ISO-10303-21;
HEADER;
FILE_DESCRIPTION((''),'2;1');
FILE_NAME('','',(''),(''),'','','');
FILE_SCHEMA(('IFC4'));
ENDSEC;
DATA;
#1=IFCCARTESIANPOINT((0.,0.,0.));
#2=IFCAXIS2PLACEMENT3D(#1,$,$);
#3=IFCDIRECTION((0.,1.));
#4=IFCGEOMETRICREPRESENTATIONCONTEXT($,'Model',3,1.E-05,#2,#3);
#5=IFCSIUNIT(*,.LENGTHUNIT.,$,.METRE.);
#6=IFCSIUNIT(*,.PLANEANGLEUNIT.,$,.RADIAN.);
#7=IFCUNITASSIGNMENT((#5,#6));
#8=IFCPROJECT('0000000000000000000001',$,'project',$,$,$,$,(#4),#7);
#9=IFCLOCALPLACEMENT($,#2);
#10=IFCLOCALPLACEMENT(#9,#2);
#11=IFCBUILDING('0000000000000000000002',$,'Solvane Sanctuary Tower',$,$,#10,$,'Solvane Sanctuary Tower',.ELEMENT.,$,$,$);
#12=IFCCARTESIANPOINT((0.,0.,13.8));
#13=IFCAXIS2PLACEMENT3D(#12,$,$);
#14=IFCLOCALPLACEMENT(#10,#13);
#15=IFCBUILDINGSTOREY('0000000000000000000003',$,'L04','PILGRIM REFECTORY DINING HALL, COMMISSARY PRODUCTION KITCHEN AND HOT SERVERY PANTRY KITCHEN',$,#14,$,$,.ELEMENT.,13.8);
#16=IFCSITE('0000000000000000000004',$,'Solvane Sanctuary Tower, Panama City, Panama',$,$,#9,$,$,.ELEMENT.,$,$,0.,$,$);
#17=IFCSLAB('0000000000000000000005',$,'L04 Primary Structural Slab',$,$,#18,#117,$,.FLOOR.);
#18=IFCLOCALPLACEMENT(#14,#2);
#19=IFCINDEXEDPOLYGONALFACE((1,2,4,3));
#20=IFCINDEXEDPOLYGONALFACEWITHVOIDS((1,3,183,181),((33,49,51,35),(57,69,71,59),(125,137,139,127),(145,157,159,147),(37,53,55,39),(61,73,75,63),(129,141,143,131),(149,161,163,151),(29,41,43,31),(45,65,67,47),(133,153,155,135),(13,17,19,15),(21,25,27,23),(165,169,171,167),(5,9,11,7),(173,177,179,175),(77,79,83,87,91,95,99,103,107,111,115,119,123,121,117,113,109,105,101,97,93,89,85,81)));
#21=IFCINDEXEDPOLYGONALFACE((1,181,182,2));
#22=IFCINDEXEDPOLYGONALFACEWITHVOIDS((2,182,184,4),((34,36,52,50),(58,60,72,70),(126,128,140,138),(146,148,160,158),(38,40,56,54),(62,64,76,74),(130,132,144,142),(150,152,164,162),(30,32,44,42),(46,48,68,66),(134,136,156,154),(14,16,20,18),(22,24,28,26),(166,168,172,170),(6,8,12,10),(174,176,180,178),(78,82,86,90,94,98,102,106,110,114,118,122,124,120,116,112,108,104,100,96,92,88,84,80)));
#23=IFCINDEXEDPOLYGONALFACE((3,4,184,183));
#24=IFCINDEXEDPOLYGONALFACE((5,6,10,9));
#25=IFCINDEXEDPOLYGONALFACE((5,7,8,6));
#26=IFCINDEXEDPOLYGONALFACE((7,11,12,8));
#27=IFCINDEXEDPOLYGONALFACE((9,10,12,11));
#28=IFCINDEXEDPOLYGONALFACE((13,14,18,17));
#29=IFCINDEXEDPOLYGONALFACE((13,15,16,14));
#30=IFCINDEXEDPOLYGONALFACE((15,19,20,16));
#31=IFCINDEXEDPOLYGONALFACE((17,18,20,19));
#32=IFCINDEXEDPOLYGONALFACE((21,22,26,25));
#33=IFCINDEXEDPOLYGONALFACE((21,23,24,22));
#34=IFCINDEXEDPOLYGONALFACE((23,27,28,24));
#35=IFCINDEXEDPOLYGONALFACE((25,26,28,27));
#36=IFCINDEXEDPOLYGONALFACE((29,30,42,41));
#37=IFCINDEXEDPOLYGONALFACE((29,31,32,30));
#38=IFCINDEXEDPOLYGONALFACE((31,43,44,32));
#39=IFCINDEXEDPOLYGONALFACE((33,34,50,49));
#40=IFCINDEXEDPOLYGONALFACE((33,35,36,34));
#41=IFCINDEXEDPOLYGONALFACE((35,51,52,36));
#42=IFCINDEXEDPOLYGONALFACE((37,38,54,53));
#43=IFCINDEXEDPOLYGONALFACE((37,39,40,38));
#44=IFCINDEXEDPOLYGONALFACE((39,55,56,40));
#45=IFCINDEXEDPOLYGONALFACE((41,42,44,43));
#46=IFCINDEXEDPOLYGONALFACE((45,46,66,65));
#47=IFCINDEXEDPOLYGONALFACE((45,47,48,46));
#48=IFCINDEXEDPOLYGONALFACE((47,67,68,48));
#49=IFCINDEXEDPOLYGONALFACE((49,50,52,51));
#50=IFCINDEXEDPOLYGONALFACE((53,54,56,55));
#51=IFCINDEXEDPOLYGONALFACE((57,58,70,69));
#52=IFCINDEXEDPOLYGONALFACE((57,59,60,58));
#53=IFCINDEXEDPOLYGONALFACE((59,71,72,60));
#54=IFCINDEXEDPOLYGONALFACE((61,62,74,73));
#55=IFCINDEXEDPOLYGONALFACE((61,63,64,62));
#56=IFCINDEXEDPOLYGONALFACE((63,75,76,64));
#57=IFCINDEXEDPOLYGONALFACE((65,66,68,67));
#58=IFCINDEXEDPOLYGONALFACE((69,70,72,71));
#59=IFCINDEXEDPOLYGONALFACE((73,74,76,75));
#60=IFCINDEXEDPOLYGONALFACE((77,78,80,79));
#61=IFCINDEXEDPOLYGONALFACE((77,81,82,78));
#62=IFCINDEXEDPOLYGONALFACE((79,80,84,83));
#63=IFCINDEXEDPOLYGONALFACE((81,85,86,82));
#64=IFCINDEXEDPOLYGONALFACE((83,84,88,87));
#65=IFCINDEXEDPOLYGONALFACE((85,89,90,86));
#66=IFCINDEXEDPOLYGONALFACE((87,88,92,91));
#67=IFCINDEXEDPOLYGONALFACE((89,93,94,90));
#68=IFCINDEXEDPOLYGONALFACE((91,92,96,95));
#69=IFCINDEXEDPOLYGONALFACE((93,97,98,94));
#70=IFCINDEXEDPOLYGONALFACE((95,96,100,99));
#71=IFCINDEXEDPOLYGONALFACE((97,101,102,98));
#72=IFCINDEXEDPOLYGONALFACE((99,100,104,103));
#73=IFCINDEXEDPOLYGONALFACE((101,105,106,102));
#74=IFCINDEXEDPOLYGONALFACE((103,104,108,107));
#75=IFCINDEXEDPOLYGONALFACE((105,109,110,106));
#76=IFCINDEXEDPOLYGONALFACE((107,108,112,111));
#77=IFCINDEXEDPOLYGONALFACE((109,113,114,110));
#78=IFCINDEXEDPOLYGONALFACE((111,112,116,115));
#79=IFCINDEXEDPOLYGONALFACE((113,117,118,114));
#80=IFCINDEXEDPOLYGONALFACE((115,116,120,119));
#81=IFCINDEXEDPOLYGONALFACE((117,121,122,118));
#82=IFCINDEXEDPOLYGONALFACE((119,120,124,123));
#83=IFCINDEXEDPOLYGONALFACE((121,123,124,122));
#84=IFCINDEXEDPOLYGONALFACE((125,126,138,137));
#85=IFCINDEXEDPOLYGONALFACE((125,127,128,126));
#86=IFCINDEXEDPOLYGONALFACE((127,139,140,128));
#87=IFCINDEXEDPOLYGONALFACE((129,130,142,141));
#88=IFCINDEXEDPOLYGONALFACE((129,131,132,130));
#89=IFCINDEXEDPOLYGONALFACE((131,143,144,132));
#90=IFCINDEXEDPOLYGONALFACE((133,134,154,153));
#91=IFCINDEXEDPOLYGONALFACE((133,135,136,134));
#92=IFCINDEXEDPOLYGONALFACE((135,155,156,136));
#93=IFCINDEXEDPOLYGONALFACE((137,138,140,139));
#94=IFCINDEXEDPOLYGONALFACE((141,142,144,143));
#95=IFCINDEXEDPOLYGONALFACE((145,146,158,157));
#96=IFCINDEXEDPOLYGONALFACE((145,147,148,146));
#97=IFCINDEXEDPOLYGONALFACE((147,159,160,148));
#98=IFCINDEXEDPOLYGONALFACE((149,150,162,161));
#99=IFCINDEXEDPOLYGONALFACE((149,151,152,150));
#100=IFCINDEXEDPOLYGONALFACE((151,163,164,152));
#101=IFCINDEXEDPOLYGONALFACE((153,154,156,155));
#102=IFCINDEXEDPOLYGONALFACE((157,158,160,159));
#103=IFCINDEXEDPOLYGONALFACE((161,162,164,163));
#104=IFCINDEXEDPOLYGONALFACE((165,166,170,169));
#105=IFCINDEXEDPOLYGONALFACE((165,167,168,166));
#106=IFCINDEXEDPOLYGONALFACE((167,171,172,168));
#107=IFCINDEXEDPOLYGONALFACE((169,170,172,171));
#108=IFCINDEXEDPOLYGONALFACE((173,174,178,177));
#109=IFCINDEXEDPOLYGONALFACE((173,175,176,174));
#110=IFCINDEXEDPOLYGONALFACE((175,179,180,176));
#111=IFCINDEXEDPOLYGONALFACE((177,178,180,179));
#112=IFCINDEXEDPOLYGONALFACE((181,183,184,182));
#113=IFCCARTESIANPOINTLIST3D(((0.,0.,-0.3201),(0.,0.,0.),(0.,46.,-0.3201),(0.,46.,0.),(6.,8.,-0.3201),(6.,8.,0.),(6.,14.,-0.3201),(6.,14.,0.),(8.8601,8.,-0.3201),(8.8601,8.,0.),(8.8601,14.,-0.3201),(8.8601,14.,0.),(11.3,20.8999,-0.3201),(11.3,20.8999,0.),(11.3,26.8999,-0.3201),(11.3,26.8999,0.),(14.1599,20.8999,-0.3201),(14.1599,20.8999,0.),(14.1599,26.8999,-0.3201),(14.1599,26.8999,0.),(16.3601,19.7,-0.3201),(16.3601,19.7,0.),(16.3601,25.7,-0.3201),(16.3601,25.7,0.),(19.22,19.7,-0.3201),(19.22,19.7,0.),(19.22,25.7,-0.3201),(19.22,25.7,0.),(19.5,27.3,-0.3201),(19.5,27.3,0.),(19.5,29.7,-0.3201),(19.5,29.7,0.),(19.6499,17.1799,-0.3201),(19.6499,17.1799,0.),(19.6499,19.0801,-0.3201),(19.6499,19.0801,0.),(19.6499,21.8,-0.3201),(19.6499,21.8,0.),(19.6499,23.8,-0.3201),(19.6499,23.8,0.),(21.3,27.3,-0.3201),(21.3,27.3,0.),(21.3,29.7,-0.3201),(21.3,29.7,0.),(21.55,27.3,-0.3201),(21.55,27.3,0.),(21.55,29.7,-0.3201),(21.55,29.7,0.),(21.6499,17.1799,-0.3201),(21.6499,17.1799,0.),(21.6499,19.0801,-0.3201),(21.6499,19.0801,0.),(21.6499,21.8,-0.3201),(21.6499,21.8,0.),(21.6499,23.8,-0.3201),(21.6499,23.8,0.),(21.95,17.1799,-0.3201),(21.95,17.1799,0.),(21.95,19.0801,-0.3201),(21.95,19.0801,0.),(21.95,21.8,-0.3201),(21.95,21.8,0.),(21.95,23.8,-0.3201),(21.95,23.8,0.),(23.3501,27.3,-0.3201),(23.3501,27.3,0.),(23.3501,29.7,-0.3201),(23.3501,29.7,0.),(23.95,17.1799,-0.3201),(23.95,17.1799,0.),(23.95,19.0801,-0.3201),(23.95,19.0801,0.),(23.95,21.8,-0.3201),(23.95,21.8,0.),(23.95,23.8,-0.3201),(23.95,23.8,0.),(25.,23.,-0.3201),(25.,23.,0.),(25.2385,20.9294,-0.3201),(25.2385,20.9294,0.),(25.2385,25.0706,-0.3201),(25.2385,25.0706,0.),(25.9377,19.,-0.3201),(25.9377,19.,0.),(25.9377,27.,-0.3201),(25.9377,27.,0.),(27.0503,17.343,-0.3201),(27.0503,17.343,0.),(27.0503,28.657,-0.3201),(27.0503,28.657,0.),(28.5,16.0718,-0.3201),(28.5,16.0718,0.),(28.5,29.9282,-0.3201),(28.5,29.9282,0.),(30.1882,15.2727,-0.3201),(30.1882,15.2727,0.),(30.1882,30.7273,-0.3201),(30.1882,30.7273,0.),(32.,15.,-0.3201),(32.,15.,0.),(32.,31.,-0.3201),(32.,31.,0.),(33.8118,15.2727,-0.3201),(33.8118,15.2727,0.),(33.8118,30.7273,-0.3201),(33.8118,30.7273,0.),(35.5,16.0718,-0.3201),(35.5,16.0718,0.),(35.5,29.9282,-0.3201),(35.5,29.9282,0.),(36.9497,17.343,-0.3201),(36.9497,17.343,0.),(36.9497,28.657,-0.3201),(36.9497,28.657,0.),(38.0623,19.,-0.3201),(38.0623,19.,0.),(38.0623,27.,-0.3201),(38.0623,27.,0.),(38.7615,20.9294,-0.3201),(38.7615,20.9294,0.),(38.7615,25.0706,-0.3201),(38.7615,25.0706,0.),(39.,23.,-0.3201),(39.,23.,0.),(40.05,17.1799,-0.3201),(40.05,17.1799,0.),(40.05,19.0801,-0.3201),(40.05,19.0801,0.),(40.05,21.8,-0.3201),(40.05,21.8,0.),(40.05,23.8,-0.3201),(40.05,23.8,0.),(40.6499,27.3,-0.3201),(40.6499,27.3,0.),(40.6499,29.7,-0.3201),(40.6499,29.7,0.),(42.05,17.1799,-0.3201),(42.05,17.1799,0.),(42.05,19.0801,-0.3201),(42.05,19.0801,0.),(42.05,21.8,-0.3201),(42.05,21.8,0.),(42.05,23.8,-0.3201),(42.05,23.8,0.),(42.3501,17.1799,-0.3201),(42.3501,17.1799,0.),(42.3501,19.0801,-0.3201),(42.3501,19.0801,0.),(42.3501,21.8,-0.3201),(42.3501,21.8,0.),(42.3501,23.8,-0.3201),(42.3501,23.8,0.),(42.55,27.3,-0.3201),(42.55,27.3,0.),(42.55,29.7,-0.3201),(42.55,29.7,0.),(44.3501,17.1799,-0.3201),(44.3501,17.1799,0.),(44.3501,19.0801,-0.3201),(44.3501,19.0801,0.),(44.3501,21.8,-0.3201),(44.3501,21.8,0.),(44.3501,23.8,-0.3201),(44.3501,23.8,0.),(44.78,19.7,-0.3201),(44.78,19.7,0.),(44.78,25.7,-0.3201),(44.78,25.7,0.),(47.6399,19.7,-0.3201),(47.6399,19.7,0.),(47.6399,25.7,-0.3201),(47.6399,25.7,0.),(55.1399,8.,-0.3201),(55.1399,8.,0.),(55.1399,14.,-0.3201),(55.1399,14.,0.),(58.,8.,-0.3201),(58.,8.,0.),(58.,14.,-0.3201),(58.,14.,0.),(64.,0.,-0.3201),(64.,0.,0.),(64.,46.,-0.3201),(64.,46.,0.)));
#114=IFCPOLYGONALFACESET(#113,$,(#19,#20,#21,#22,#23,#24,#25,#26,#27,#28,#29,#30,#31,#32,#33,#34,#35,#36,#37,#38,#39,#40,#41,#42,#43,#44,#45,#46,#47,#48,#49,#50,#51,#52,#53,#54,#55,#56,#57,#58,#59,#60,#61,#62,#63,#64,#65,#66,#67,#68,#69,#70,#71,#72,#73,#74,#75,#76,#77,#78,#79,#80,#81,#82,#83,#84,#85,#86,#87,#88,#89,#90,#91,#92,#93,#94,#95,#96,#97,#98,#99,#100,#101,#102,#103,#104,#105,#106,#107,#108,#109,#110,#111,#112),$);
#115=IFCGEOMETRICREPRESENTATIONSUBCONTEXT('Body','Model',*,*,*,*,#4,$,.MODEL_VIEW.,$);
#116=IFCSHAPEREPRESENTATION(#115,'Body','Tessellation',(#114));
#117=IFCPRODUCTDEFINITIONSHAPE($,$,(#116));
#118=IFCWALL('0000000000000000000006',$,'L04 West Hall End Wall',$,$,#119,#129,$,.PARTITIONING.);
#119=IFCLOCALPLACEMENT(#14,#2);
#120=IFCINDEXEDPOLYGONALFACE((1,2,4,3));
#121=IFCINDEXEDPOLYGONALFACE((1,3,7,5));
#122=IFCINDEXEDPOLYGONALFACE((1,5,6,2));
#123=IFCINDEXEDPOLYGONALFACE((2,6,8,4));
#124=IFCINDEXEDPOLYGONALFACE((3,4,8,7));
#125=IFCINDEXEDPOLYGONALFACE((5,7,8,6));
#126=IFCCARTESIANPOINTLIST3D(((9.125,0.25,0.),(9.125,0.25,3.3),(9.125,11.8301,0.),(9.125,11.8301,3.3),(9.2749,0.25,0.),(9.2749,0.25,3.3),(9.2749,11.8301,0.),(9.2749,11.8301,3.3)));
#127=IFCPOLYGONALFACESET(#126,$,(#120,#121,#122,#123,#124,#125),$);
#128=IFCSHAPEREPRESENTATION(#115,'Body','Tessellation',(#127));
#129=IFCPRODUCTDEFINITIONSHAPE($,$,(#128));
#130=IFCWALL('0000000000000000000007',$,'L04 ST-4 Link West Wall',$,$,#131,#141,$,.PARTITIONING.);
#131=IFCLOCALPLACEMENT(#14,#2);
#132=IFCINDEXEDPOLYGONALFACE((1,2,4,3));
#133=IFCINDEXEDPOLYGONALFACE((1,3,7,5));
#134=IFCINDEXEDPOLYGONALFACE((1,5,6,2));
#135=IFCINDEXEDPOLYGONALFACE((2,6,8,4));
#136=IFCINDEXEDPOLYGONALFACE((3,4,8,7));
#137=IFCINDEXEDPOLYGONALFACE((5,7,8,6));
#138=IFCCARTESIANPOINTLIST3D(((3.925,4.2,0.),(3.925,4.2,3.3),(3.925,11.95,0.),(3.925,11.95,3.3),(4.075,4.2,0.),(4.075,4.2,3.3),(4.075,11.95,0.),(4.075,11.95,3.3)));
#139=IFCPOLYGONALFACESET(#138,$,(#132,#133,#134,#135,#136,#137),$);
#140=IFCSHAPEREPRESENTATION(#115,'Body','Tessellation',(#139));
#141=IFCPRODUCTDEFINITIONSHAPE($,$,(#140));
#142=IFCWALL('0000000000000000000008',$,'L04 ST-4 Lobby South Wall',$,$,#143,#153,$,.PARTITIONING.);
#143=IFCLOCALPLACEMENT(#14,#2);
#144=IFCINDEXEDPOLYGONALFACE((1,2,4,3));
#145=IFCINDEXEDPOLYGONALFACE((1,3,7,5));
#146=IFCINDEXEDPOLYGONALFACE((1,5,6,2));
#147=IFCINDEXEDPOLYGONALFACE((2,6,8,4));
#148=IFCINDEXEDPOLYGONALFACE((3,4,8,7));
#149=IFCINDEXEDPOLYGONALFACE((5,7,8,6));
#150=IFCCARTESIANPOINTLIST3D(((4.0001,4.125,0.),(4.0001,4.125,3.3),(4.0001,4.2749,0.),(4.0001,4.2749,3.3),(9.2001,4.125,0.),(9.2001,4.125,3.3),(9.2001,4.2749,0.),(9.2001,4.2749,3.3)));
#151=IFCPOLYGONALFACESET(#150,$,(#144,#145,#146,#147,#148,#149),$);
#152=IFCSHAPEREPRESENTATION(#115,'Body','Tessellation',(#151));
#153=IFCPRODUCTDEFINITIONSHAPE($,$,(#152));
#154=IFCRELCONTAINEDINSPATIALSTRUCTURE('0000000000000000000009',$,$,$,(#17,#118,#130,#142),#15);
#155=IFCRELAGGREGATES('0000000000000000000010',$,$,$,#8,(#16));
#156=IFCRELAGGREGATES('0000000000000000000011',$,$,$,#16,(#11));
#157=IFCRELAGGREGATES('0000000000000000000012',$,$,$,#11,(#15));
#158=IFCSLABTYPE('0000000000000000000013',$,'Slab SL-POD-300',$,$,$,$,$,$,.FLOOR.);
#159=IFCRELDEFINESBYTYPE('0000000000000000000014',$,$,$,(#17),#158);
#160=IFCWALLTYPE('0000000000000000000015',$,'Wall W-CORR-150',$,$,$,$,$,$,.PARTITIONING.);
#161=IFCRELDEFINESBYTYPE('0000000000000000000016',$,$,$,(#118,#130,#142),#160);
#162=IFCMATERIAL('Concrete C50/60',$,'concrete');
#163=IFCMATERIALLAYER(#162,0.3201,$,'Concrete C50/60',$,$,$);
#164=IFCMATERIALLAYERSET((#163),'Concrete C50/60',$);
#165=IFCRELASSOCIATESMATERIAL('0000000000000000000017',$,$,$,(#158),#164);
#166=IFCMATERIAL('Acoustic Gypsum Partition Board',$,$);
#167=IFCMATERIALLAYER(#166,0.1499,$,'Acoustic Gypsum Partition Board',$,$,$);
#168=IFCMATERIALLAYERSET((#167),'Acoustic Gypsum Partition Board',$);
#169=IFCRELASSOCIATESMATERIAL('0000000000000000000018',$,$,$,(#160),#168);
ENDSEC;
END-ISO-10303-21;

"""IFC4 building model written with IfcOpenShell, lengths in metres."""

from ifc_helpers import new_model, si_unit, direction, frame, frame_2d, origin, place, context, subcontext, project, spatial, polyline, rectangle, outline, extrude, material, layer, layer_set, type_object, element, save


model = new_model("IFC4")

# Units and contexts
model_context = context("Model", 3, precision=1e-05, world=origin(), true_north=direction((0.0, 1.0)))
body_context = subcontext(model_context, "Body", "Model", "MODEL_VIEW")
ifc_project = project(units=[si_unit("LENGTHUNIT", "METRE"), si_unit("PLANEANGLEUNIT", "RADIAN")], contexts=[model_context])

# Site, building, storey
site_placement = place(None, origin())
site = spatial("IfcSite", under=ifc_project, at=site_placement, Name="Solvane Sanctuary Tower, Panama City, Panama", CompositionType="ELEMENT", RefElevation=0.0)
building_placement = place(site_placement, origin())
building = spatial("IfcBuilding", under=site, at=building_placement, Name="Solvane Sanctuary Tower", LongName="Solvane Sanctuary Tower", CompositionType="ELEMENT")
storey_placement = place(building_placement, frame((0.0, 0.0, 13.8)))
storey = spatial("IfcBuildingStorey", under=building, at=storey_placement, Name="L04", Description="PILGRIM REFECTORY DINING HALL, COMMISSARY PRODUCTION KITCHEN AND HOT SERVERY PANTRY KITCHEN", CompositionType="ELEMENT", Elevation=13.8)

# Shared definitions
ifc_material_1 = material(Name="Concrete C50/60", Category="concrete")

# Slab
ifc_layer_1 = layer(ifc_material_1, 0.3201, Name="Concrete C50/60")
ifc_layer_set_1 = layer_set([ifc_layer_1], Name="Concrete C50/60")
slab_type_1 = type_object("IfcSlabType", Name="Slab SL-POD-300", PredefinedType="FLOOR", material=ifc_layer_set_1)
slab_1_placement = place(storey_placement, frame((0.0, 0.0, -0.3201)))
element("IfcSlab", 1, at=slab_1_placement, inside=storey, type_object=slab_type_1, Name="L04 Primary Structural Slab", PredefinedType="FLOOR", context=body_context, shape_type="SweptSolid", body=[
    extrude(outline(polyline([(0.0, 0.0), (64.0, 0.0), (64.0, 46.0), (0.0, 46.0), (0.0, 0.0)]), holes=[polyline([(38.7615, 20.9294), (38.0623, 19.0), (36.9497, 17.343), (35.5, 16.0718), (33.8118, 15.2727), (32.0, 15.0), (30.1882, 15.2727), (28.5, 16.0718), (27.0503, 17.343), (25.9377, 19.0), (25.2385, 20.9294), (25.0, 23.0), (25.2385, 25.0706), (25.9377, 27.0), (27.0503, 28.657), (28.5, 29.9282), (30.1882, 30.7273), (32.0, 31.0), (33.8118, 30.7273), (35.5, 29.9282), (36.9497, 28.657), (38.0623, 27.0), (38.7615, 25.0706), (39.0, 23.0), (38.7615, 20.9294)]), polyline([(16.3601, 19.7), (16.3601, 25.7), (19.22, 25.7), (19.22, 19.7), (16.3601, 19.7)]), polyline([(44.78, 19.7), (44.78, 25.7), (47.6399, 25.7), (47.6399, 19.7), (44.78, 19.7)]), polyline([(11.3, 20.8999), (11.3, 26.8999), (14.1599, 26.8999), (14.1599, 20.8999), (11.3, 20.8999)]), polyline([(6.0, 8.0), (6.0, 14.0), (8.8601, 14.0), (8.8601, 8.0), (6.0, 8.0)]), polyline([(55.1399, 8.0), (55.1399, 14.0), (58.0, 14.0), (58.0, 8.0), (55.1399, 8.0)]), polyline([(19.6499, 19.0801), (21.6499, 19.0801), (21.6499, 17.1799), (19.6499, 17.1799), (19.6499, 19.0801)]), polyline([(21.95, 19.0801), (23.95, 19.0801), (23.95, 17.1799), (21.95, 17.1799), (21.95, 19.0801)]), polyline([(40.05, 19.0801), (42.05, 19.0801), (42.05, 17.1799), (40.05, 17.1799), (40.05, 19.0801)]), polyline([(42.3501, 19.0801), (44.3501, 19.0801), (44.3501, 17.1799), (42.3501, 17.1799), (42.3501, 19.0801)]), polyline([(19.6499, 23.8), (21.6499, 23.8), (21.6499, 21.8), (19.6499, 21.8), (19.6499, 23.8)]), polyline([(42.3501, 23.8), (44.3501, 23.8), (44.3501, 21.8), (42.3501, 21.8), (42.3501, 23.8)]), polyline([(21.95, 23.8), (23.95, 23.8), (23.95, 21.8), (21.95, 21.8), (21.95, 23.8)]), polyline([(40.05, 23.8), (42.05, 23.8), (42.05, 21.8), (40.05, 21.8), (40.05, 23.8)]), polyline([(19.5, 29.7), (21.3, 29.7), (21.3, 27.3), (19.5, 27.3), (19.5, 29.7)]), polyline([(21.55, 29.7), (23.3501, 29.7), (23.3501, 27.3), (21.55, 27.3), (21.55, 29.7)]), polyline([(40.6499, 29.7), (42.55, 29.7), (42.55, 27.3), (40.6499, 27.3), (40.6499, 29.7)])]), origin(), (0.0, 0.0, 1.0), 0.3201),
])

# Walls
ifc_material_2 = material(Name="Acoustic Gypsum Partition Board")
ifc_layer_2 = layer(ifc_material_2, 0.1499, Name="Acoustic Gypsum Partition Board")
ifc_layer_set_2 = layer_set([ifc_layer_2], Name="Acoustic Gypsum Partition Board")
wall_type_1 = type_object("IfcWallType", Name="Wall W-CORR-150", PredefinedType="PARTITIONING", material=ifc_layer_set_2)
wall_1_placement = place(storey_placement, frame((9.2, 0.25, 0.0), z_axis=(0.0, 0.0, 1.0), x_axis=(0.0, 1.0, 0.0)))
element("IfcWall", 2, at=wall_1_placement, inside=storey, type_object=wall_type_1, Name="L04 West Hall End Wall", PredefinedType="PARTITIONING", context=body_context, shape_type="SweptSolid", body=[
    extrude(rectangle(XDim=11.5801, YDim=0.1499, at=frame_2d((5.79, 0.0))), origin(), (0.0, 0.0, 1.0), 3.3),
])
wall_2_placement = place(storey_placement, frame((4.0, 4.2, 0.0), z_axis=(0.0, 0.0, 1.0), x_axis=(0.0, 1.0, 0.0)))
element("IfcWall", 3, at=wall_2_placement, inside=storey, type_object=wall_type_1, Name="L04 ST-4 Link West Wall", PredefinedType="PARTITIONING", context=body_context, shape_type="SweptSolid", body=[
    extrude(rectangle(XDim=7.75, YDim=0.1499, at=frame_2d((3.875, 0.0))), origin(), (0.0, 0.0, 1.0), 3.3),
])
wall_3_placement = place(storey_placement, frame((4.0, 4.2, 0.0), z_axis=(0.0, 0.0, 1.0), x_axis=(1.0, 0.0, 0.0)))
element("IfcWall", 4, at=wall_3_placement, inside=storey, type_object=wall_type_1, Name="L04 ST-4 Lobby South Wall", PredefinedType="PARTITIONING", context=body_context, shape_type="SweptSolid", body=[
    extrude(rectangle(XDim=5.2, YDim=0.1499, at=frame_2d((2.6001, 0.0))), origin(), (0.0, 0.0, 1.0), 3.3),
])

save(model, "model.ifc")
